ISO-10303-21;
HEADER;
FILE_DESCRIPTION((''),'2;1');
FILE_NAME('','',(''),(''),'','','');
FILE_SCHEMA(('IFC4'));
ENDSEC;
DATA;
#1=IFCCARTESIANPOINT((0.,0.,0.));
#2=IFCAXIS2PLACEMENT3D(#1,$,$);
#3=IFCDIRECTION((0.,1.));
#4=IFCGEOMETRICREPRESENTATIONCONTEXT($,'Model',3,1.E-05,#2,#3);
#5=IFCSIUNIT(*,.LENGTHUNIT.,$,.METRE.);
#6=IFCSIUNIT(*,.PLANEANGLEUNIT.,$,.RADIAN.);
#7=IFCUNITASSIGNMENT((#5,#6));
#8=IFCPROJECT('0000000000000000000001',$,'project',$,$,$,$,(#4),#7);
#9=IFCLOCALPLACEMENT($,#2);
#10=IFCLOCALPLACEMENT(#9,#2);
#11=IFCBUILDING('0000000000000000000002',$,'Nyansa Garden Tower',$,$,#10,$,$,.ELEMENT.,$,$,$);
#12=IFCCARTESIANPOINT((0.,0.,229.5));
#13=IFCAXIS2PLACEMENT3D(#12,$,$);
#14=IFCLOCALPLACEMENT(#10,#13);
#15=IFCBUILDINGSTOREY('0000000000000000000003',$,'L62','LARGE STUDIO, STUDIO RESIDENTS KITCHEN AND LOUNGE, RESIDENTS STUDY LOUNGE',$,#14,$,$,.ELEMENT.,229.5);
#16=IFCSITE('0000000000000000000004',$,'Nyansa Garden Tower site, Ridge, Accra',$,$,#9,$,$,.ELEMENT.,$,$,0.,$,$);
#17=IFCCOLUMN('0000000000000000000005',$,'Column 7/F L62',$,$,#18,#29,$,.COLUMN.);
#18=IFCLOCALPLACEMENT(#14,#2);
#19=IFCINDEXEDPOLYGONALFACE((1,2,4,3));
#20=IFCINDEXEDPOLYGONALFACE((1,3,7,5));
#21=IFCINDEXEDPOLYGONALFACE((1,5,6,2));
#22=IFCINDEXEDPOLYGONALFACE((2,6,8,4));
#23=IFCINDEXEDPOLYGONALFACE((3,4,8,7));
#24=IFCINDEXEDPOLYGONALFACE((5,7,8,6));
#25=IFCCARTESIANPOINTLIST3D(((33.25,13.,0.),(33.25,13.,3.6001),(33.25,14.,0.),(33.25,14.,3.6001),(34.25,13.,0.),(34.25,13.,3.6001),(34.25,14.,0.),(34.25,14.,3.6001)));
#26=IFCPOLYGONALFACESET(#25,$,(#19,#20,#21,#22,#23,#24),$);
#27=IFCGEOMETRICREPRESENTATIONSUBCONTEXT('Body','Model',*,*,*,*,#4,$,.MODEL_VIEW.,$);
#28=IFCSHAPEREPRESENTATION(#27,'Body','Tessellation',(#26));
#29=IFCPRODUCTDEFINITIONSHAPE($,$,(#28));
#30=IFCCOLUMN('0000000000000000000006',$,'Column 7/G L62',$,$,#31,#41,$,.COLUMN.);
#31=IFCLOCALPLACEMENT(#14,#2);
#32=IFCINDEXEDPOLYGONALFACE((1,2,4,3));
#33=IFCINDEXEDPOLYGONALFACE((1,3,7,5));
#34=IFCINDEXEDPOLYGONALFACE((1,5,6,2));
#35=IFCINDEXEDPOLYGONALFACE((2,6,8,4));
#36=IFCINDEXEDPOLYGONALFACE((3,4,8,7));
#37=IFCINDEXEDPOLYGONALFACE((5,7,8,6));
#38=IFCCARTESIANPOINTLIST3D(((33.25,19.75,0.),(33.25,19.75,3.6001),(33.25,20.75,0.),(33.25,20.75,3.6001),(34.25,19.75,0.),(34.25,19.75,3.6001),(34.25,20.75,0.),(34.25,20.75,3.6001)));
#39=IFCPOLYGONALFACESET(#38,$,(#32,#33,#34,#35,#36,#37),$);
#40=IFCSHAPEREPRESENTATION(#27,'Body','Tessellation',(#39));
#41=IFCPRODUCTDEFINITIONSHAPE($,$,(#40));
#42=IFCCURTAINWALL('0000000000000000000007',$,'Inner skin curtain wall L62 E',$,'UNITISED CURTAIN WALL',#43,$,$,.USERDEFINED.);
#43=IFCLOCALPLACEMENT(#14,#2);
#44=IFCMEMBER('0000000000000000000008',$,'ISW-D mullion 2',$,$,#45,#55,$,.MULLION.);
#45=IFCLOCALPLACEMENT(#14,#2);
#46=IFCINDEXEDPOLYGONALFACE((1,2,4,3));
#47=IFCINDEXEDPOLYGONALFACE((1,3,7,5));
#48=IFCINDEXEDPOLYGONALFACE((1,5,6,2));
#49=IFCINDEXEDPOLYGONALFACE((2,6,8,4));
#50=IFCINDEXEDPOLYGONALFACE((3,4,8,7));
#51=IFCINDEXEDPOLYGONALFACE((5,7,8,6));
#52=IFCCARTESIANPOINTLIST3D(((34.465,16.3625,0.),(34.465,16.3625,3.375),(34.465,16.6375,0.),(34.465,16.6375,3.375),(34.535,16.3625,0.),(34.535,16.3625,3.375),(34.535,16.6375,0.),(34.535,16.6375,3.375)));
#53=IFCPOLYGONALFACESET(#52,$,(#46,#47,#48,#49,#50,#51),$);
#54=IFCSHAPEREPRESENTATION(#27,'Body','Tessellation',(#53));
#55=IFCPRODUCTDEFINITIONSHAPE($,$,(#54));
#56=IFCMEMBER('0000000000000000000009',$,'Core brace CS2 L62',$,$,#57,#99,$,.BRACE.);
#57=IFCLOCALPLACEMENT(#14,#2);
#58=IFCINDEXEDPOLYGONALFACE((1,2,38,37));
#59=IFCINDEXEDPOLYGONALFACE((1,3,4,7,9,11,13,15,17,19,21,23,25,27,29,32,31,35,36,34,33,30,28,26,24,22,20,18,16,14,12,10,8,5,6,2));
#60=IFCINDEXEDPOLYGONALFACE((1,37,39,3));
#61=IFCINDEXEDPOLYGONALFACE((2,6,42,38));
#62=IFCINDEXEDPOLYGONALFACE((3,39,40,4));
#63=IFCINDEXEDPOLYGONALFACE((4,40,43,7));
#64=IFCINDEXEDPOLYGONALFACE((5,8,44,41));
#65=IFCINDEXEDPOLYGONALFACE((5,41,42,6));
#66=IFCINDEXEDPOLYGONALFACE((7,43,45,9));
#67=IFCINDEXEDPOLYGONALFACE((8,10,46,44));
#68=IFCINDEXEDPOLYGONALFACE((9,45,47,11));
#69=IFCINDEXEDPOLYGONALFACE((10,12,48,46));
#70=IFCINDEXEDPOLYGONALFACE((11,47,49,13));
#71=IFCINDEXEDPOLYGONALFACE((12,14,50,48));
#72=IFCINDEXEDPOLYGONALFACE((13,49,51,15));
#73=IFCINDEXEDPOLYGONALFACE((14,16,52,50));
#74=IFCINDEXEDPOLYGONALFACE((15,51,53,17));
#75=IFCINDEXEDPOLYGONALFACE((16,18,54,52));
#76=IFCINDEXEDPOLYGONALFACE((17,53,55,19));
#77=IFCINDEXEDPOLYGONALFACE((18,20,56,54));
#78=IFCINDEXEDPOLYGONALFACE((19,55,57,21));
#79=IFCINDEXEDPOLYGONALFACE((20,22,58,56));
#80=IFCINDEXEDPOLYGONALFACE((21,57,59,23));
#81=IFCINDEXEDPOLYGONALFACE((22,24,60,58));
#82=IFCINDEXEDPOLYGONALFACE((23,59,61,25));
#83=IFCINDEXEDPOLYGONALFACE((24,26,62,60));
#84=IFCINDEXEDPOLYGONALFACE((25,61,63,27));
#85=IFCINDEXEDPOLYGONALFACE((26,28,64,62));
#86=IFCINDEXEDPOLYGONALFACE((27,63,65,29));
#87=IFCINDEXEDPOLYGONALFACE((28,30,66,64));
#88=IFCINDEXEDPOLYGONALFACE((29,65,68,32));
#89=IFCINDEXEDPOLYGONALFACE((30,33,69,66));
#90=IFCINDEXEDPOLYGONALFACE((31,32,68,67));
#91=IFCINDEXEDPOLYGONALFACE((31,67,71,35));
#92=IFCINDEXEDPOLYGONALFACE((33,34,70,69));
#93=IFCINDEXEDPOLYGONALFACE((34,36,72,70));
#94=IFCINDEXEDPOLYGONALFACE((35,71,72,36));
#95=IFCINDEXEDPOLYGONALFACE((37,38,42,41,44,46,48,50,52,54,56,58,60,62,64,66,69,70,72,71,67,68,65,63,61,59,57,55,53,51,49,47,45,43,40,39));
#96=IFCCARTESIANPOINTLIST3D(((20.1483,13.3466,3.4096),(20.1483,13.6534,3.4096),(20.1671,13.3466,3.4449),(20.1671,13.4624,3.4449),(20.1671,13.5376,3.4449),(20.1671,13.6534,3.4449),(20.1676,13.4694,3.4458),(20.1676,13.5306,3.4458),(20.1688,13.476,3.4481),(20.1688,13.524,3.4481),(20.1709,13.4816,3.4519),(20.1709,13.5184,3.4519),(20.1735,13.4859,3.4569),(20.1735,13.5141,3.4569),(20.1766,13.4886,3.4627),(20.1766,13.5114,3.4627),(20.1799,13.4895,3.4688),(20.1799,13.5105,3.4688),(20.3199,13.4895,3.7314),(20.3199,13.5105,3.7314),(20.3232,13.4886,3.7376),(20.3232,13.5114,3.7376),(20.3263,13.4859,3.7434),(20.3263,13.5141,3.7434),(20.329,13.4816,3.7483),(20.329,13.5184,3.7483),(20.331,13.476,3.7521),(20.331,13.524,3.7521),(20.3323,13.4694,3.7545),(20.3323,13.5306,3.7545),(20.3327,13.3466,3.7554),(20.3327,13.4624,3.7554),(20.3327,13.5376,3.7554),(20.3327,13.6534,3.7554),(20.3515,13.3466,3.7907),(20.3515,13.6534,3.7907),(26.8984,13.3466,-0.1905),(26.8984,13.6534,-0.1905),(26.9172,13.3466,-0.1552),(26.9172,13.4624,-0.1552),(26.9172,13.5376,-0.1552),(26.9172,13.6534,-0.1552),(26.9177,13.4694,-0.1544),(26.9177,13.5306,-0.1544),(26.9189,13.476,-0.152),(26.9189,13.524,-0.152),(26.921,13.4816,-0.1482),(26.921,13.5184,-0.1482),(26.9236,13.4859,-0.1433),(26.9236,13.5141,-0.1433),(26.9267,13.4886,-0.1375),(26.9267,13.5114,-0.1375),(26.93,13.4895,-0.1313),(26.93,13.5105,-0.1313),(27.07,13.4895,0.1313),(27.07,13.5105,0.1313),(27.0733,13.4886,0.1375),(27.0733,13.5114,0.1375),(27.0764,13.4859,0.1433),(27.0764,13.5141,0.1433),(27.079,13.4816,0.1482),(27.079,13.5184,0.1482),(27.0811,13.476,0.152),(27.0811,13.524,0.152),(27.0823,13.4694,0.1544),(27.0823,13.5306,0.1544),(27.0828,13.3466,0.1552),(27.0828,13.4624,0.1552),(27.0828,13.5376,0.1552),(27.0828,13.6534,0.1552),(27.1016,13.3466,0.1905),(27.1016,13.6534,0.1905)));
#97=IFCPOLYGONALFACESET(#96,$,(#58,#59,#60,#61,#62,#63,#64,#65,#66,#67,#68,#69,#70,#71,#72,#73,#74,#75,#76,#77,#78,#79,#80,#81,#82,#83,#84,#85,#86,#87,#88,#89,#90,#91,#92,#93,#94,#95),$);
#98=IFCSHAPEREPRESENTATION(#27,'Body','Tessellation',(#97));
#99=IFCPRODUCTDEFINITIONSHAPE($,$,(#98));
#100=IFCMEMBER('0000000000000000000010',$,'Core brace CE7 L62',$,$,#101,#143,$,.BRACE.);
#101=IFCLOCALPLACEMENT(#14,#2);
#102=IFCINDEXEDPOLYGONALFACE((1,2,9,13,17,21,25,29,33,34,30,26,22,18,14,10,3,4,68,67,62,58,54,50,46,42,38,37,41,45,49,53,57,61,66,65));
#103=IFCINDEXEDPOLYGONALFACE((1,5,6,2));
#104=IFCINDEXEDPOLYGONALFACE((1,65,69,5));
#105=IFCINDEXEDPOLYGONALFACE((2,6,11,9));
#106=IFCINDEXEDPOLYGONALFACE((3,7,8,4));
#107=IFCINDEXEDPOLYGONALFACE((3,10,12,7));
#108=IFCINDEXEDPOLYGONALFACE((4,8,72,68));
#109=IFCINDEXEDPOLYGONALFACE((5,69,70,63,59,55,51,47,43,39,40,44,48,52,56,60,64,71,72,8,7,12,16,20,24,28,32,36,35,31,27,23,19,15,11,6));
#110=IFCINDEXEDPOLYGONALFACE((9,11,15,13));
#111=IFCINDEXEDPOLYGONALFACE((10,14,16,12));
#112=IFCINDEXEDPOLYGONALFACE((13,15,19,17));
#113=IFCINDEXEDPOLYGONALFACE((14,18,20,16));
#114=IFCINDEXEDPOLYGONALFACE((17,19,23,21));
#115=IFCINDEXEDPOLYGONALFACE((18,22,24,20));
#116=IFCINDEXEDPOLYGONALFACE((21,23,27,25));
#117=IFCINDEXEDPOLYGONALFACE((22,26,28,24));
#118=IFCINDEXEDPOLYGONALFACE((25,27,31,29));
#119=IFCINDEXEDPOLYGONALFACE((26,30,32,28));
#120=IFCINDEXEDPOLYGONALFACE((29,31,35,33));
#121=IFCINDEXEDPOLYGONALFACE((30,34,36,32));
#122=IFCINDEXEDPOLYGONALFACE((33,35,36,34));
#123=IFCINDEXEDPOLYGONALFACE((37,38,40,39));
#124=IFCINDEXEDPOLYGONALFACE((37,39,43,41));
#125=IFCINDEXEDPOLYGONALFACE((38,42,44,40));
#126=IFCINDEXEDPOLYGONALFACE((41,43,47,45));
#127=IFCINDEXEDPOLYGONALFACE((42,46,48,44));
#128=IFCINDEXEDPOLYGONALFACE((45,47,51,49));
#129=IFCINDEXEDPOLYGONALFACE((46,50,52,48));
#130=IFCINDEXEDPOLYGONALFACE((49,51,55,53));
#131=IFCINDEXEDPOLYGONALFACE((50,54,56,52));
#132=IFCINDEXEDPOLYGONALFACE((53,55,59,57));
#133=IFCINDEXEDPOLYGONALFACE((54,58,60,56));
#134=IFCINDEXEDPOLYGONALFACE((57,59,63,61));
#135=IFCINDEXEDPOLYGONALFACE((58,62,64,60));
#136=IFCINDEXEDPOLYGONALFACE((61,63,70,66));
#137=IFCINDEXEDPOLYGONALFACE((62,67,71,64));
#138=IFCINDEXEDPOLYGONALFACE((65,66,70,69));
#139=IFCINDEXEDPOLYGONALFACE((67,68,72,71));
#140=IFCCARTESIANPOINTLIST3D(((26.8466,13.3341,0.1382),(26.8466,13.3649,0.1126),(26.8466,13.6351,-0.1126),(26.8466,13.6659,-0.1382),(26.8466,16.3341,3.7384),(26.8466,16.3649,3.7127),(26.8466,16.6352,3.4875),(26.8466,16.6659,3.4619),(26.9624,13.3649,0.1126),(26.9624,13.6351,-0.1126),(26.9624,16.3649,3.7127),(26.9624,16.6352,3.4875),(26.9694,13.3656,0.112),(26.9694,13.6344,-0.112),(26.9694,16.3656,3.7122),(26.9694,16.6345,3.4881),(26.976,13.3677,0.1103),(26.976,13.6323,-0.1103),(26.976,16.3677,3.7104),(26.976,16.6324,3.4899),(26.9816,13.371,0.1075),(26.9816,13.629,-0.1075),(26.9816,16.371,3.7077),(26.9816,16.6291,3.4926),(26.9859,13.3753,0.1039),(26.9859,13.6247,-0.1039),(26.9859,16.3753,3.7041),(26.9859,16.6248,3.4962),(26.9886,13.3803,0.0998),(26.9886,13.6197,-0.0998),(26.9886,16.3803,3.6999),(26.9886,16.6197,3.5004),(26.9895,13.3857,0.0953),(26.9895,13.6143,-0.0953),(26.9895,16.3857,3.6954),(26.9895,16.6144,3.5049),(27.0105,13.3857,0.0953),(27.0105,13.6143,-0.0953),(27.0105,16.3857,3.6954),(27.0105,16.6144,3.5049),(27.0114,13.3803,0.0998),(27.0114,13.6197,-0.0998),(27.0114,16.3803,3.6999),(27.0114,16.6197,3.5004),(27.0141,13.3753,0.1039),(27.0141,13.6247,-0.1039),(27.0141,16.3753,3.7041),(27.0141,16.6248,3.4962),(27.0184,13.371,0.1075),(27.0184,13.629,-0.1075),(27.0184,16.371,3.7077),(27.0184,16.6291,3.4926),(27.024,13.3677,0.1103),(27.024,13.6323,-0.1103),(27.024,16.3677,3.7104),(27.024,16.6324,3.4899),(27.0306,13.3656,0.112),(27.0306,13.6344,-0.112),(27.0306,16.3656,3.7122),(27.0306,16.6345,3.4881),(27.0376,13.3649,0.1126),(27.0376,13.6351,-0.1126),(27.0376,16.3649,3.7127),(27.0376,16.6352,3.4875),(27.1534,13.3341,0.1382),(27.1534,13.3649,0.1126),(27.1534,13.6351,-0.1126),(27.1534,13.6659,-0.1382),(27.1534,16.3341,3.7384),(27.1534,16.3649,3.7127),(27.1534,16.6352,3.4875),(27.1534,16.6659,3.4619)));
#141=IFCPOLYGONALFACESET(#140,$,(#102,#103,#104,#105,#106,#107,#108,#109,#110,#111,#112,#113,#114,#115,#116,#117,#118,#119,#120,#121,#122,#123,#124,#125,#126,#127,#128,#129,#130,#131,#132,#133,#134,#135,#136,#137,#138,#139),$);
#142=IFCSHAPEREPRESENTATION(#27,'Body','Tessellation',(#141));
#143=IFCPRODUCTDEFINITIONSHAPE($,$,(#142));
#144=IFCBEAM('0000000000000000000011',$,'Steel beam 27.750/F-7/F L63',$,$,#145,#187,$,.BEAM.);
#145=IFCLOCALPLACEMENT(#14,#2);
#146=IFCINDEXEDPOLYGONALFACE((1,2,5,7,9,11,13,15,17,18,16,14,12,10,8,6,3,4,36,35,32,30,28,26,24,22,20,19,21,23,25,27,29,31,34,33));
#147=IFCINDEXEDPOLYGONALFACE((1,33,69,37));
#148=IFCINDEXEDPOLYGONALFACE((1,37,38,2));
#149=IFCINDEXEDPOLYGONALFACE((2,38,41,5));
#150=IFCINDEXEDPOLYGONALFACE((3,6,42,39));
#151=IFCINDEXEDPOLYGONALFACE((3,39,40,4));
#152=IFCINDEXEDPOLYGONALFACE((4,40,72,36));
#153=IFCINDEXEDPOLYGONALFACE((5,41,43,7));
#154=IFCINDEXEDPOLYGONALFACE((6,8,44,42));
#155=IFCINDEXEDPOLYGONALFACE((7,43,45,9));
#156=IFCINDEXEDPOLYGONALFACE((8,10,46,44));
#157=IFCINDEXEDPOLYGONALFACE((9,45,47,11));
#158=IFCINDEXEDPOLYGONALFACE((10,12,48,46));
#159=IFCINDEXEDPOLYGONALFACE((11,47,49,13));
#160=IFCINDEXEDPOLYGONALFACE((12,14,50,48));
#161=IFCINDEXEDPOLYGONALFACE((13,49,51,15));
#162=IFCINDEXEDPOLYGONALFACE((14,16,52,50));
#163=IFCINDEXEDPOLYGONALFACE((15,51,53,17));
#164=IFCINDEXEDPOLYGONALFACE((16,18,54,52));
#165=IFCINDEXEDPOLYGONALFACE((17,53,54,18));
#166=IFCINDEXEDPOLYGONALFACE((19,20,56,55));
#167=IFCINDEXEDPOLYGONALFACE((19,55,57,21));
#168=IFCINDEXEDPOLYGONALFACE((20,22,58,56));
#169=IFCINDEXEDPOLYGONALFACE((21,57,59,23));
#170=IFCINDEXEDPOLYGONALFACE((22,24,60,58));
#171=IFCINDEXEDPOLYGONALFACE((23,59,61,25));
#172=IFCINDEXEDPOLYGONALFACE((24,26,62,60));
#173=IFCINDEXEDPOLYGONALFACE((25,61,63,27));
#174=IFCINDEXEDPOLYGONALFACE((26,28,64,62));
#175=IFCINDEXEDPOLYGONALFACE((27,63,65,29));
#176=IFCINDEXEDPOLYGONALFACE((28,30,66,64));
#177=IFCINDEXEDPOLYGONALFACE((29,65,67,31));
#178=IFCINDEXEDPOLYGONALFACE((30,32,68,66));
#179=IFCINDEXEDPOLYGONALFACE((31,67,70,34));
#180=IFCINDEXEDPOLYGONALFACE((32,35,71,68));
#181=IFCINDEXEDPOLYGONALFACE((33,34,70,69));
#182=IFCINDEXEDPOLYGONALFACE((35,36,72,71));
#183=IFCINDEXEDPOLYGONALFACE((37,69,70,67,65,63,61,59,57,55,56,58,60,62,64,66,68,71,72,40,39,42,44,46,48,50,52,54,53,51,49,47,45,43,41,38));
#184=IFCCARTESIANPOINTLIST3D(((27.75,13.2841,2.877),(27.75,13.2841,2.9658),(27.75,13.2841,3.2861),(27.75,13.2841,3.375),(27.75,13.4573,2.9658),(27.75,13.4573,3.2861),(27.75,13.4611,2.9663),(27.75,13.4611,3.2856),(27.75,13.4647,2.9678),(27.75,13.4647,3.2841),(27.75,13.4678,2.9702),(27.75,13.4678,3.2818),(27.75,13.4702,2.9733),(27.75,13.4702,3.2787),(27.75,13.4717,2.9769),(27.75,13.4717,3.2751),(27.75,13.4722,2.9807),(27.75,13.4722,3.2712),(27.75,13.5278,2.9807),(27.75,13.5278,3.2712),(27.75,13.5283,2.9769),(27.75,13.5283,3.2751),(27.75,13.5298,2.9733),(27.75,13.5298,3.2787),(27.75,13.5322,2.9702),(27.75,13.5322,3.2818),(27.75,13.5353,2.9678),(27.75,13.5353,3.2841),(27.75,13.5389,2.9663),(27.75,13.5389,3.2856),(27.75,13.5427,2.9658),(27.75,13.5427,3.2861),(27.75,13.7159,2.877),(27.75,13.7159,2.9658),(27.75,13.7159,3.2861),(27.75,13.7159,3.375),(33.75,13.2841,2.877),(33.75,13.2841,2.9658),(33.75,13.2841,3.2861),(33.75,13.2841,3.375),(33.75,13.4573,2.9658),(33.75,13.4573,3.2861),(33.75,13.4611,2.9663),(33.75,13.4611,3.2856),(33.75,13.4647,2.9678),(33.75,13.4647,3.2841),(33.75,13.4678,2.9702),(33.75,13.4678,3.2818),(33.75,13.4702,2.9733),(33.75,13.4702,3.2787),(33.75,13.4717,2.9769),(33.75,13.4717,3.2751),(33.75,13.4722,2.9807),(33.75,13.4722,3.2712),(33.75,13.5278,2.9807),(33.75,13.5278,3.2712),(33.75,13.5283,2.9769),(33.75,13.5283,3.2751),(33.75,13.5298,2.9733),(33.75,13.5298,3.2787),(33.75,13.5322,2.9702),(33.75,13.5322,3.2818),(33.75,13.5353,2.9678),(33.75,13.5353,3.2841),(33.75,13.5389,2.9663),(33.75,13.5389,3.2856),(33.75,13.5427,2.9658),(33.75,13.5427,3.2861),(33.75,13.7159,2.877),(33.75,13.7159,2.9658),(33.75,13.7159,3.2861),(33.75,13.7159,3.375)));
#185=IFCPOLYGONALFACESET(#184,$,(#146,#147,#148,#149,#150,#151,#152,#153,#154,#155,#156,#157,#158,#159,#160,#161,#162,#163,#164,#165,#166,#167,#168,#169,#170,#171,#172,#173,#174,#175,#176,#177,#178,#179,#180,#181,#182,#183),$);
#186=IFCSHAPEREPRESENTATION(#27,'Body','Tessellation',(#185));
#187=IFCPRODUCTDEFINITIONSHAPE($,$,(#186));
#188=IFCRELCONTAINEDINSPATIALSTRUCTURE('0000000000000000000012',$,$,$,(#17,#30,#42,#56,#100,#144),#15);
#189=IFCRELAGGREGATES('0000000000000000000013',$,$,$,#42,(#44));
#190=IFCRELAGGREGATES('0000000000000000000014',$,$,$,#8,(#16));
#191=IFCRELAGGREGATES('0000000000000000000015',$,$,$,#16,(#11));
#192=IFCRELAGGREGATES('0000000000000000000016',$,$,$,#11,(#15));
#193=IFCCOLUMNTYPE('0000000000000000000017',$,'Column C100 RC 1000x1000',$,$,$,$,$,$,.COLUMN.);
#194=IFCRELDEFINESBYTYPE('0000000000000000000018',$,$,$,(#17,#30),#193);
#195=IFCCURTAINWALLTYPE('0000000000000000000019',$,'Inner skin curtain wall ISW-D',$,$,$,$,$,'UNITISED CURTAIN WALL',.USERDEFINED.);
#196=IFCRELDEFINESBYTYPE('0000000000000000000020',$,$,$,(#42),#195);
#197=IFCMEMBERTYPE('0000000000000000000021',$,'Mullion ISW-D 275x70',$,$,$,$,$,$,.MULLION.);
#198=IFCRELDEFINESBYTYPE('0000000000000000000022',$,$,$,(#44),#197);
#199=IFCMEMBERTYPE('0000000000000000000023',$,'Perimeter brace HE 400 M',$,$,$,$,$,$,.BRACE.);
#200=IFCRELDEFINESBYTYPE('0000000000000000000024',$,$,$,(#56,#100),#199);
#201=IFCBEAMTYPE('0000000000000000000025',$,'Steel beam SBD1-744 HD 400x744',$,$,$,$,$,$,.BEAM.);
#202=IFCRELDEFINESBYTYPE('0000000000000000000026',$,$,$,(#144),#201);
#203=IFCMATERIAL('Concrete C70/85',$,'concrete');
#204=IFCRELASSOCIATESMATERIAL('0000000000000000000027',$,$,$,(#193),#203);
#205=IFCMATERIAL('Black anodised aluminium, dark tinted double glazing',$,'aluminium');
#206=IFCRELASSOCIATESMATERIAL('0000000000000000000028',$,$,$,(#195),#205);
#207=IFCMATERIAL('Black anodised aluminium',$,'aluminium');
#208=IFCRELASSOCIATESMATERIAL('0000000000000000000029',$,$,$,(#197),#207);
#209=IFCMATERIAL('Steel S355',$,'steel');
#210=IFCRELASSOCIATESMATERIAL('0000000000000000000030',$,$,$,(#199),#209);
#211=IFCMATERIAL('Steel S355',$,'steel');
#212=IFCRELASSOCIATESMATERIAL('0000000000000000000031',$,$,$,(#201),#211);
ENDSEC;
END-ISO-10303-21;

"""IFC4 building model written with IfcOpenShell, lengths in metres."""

from ifc_helpers import new_model, si_unit, direction, frame, origin, origin_2d, place, context, subcontext, project, spatial, rectangle, i_section, extrude, material, material_profile, profile_set, type_object, element, aggregate, save


model = new_model("IFC4")

# Units and contexts
model_context = context("Model", 3, precision=1e-05, world=origin(), true_north=direction((0.0, 1.0)))
body_context = subcontext(model_context, "Body", "Model", "MODEL_VIEW")
ifc_project = project(units=[si_unit("LENGTHUNIT", "METRE"), si_unit("PLANEANGLEUNIT", "RADIAN")], contexts=[model_context])

# Site, building, storey
site_placement = place(None, origin())
site = spatial("IfcSite", under=ifc_project, at=site_placement, Name="Nyansa Garden Tower site, Ridge, Accra", CompositionType="ELEMENT", RefElevation=0.0)
building_placement = place(site_placement, origin())
building = spatial("IfcBuilding", under=site, at=building_placement, Name="Nyansa Garden Tower", CompositionType="ELEMENT")
storey_placement = place(building_placement, frame((0.0, 0.0, 229.5)))
storey = spatial("IfcBuildingStorey", under=building, at=storey_placement, Name="L62", Description="LARGE STUDIO, STUDIO RESIDENTS KITCHEN AND LOUNGE, RESIDENTS STUDY LOUNGE", CompositionType="ELEMENT", Elevation=229.5)

# Columns
ifc_material_1 = material(Name="Concrete C70/85", Category="concrete")
ifc_material_profile_1 = material_profile(ifc_material_1, rectangle(XDim=1.0, YDim=1.0, at=origin_2d()), Name="RC 1000x1000")
ifc_profile_set_1 = profile_set([ifc_material_profile_1], Name="Concrete C70/85")
column_type = type_object("IfcColumnType", Name="Column C100 RC 1000x1000", PredefinedType="COLUMN", material=ifc_profile_set_1)
for number, where, z_axis, x_axis, name in (
    (1, (33.75, 13.5, 0.0), (0.0, 0.0, 1.0), (1.0, 0.0, 0.0), "Column 7/F L62"),
    (2, (33.75, 20.25, 0.0), (0.0, 0.0, 1.0), (1.0, 0.0, 0.0), "Column 7/G L62"),
):
    element("IfcColumn", number, at=place(storey_placement, frame(where, z_axis=z_axis, x_axis=x_axis)), inside=storey, type_object=column_type, Name=name, PredefinedType="COLUMN", context=body_context, shape_type="SweptSolid", body=[
        extrude(rectangle(XDim=1.0, YDim=1.0, at=origin_2d()), origin(), (0.0, 0.0, 1.0), 3.6001),
    ])

# Curtain wall, member
ifc_material_2 = material(Name="Black anodised aluminium, dark tinted double glazing", Category="aluminium")
curtain_wall_type = type_object("IfcCurtainWallType", Name="Inner skin curtain wall ISW-D", ElementType="UNITISED CURTAIN WALL", PredefinedType="USERDEFINED", material=ifc_material_2)
curtain_wall_placement = place(storey_placement, origin())
curtain_wall = element("IfcCurtainWall", 3, at=curtain_wall_placement, inside=storey, type_object=curtain_wall_type, Name="Inner skin curtain wall L62 E", ObjectType="UNITISED CURTAIN WALL", PredefinedType="USERDEFINED")
ifc_material_3 = material(Name="Black anodised aluminium", Category="aluminium")
ifc_material_profile_2 = material_profile(ifc_material_3, rectangle(XDim=0.0701, YDim=0.2749, at=origin_2d()), Name="Mullion 275x70")
ifc_profile_set_2 = profile_set([ifc_material_profile_2], Name="Black anodised aluminium")
member_type_1 = type_object("IfcMemberType", Name="Mullion ISW-D 275x70", PredefinedType="MULLION", material=ifc_profile_set_2)
member_1_placement = place(storey_placement, frame((34.5, 16.5, 0.0), z_axis=(0.0, 0.0, 1.0), x_axis=(-1.0, 0.0, 0.0)))
member_1 = element("IfcMember", 4, at=member_1_placement, type_object=member_type_1, Name="ISW-D mullion 2", PredefinedType="MULLION", context=body_context, shape_type="SweptSolid", body=[
    extrude(rectangle(XDim=0.0701, YDim=0.2749, at=origin_2d()), origin(), (0.0, 0.0, 1.0), 3.375),
])

# Members
ifc_material_4 = material(Name="Steel S355", Category="steel")
ifc_material_profile_3 = material_profile(ifc_material_4, i_section(OverallWidth=0.3069, OverallDepth=0.4319, WebThickness=0.021, FlangeThickness=0.04, FilletRadius=0.0271, at=origin_2d()), Name="HE 400 M")
ifc_profile_set_3 = profile_set([ifc_material_profile_3], Name="Steel S355")
member_type_2 = type_object("IfcMemberType", Name="Perimeter brace HE 400 M", PredefinedType="BRACE", material=ifc_profile_set_3)
member_2_placement = place(storey_placement, frame((27.0, 13.5, 0.0), z_axis=(-0.882348, 0.0, 0.470598), x_axis=(0.0, -1.0, 0.0)))
element("IfcMember", 5, at=member_2_placement, inside=storey, type_object=member_type_2, Name="Core brace CS2 L62", PredefinedType="BRACE", context=body_context, shape_type="SweptSolid", body=[
    extrude(i_section(OverallWidth=0.3069, OverallDepth=0.4319, WebThickness=0.021, FlangeThickness=0.04, FilletRadius=0.0271, at=origin_2d()), origin(), (0.0, 0.0, 1.0), 7.6501),
])
member_3_placement = place(storey_placement, frame((27.0, 13.5, 0.0), z_axis=(0.0, 0.640174, 0.76823), x_axis=(-1.0, 0.0, 0.0)))
element("IfcMember", 6, at=member_3_placement, inside=storey, type_object=member_type_2, Name="Core brace CE7 L62", PredefinedType="BRACE", context=body_context, shape_type="SweptSolid", body=[
    extrude(i_section(OverallWidth=0.3069, OverallDepth=0.4319, WebThickness=0.021, FlangeThickness=0.04, FilletRadius=0.0271, at=origin_2d()), origin(), (0.0, 0.0, 1.0), 4.6863),
])

# Beam
ifc_material_5 = material(Name="Steel S355", Category="steel")
ifc_material_profile_4 = material_profile(ifc_material_5, i_section(OverallWidth=0.4319, OverallDepth=0.498, WebThickness=0.0557, FlangeThickness=0.0889, FilletRadius=0.0149, at=origin_2d()), Name="HD 400x744")
ifc_profile_set_4 = profile_set([ifc_material_profile_4], Name="Steel S355")
beam_type_1 = type_object("IfcBeamType", Name="Steel beam SBD1-744 HD 400x744", PredefinedType="BEAM", material=ifc_profile_set_4)
beam_1_placement = place(storey_placement, frame((27.75, 13.5, 3.126), z_axis=(1.0, 0.0, 0.0), x_axis=(0.0, 1.0, 0.0)))
element("IfcBeam", 7, at=beam_1_placement, inside=storey, type_object=beam_type_1, Name="Steel beam 27.750/F-7/F L63", PredefinedType="BEAM", context=body_context, shape_type="SweptSolid", body=[
    extrude(i_section(OverallWidth=0.4319, OverallDepth=0.498, WebThickness=0.0557, FlangeThickness=0.0889, FilletRadius=0.0149, at=origin_2d()), origin(), (0.0, 0.0, 1.0), 6.0),
])

aggregate(curtain_wall, [member_1])

save(model, "model.ifc")
